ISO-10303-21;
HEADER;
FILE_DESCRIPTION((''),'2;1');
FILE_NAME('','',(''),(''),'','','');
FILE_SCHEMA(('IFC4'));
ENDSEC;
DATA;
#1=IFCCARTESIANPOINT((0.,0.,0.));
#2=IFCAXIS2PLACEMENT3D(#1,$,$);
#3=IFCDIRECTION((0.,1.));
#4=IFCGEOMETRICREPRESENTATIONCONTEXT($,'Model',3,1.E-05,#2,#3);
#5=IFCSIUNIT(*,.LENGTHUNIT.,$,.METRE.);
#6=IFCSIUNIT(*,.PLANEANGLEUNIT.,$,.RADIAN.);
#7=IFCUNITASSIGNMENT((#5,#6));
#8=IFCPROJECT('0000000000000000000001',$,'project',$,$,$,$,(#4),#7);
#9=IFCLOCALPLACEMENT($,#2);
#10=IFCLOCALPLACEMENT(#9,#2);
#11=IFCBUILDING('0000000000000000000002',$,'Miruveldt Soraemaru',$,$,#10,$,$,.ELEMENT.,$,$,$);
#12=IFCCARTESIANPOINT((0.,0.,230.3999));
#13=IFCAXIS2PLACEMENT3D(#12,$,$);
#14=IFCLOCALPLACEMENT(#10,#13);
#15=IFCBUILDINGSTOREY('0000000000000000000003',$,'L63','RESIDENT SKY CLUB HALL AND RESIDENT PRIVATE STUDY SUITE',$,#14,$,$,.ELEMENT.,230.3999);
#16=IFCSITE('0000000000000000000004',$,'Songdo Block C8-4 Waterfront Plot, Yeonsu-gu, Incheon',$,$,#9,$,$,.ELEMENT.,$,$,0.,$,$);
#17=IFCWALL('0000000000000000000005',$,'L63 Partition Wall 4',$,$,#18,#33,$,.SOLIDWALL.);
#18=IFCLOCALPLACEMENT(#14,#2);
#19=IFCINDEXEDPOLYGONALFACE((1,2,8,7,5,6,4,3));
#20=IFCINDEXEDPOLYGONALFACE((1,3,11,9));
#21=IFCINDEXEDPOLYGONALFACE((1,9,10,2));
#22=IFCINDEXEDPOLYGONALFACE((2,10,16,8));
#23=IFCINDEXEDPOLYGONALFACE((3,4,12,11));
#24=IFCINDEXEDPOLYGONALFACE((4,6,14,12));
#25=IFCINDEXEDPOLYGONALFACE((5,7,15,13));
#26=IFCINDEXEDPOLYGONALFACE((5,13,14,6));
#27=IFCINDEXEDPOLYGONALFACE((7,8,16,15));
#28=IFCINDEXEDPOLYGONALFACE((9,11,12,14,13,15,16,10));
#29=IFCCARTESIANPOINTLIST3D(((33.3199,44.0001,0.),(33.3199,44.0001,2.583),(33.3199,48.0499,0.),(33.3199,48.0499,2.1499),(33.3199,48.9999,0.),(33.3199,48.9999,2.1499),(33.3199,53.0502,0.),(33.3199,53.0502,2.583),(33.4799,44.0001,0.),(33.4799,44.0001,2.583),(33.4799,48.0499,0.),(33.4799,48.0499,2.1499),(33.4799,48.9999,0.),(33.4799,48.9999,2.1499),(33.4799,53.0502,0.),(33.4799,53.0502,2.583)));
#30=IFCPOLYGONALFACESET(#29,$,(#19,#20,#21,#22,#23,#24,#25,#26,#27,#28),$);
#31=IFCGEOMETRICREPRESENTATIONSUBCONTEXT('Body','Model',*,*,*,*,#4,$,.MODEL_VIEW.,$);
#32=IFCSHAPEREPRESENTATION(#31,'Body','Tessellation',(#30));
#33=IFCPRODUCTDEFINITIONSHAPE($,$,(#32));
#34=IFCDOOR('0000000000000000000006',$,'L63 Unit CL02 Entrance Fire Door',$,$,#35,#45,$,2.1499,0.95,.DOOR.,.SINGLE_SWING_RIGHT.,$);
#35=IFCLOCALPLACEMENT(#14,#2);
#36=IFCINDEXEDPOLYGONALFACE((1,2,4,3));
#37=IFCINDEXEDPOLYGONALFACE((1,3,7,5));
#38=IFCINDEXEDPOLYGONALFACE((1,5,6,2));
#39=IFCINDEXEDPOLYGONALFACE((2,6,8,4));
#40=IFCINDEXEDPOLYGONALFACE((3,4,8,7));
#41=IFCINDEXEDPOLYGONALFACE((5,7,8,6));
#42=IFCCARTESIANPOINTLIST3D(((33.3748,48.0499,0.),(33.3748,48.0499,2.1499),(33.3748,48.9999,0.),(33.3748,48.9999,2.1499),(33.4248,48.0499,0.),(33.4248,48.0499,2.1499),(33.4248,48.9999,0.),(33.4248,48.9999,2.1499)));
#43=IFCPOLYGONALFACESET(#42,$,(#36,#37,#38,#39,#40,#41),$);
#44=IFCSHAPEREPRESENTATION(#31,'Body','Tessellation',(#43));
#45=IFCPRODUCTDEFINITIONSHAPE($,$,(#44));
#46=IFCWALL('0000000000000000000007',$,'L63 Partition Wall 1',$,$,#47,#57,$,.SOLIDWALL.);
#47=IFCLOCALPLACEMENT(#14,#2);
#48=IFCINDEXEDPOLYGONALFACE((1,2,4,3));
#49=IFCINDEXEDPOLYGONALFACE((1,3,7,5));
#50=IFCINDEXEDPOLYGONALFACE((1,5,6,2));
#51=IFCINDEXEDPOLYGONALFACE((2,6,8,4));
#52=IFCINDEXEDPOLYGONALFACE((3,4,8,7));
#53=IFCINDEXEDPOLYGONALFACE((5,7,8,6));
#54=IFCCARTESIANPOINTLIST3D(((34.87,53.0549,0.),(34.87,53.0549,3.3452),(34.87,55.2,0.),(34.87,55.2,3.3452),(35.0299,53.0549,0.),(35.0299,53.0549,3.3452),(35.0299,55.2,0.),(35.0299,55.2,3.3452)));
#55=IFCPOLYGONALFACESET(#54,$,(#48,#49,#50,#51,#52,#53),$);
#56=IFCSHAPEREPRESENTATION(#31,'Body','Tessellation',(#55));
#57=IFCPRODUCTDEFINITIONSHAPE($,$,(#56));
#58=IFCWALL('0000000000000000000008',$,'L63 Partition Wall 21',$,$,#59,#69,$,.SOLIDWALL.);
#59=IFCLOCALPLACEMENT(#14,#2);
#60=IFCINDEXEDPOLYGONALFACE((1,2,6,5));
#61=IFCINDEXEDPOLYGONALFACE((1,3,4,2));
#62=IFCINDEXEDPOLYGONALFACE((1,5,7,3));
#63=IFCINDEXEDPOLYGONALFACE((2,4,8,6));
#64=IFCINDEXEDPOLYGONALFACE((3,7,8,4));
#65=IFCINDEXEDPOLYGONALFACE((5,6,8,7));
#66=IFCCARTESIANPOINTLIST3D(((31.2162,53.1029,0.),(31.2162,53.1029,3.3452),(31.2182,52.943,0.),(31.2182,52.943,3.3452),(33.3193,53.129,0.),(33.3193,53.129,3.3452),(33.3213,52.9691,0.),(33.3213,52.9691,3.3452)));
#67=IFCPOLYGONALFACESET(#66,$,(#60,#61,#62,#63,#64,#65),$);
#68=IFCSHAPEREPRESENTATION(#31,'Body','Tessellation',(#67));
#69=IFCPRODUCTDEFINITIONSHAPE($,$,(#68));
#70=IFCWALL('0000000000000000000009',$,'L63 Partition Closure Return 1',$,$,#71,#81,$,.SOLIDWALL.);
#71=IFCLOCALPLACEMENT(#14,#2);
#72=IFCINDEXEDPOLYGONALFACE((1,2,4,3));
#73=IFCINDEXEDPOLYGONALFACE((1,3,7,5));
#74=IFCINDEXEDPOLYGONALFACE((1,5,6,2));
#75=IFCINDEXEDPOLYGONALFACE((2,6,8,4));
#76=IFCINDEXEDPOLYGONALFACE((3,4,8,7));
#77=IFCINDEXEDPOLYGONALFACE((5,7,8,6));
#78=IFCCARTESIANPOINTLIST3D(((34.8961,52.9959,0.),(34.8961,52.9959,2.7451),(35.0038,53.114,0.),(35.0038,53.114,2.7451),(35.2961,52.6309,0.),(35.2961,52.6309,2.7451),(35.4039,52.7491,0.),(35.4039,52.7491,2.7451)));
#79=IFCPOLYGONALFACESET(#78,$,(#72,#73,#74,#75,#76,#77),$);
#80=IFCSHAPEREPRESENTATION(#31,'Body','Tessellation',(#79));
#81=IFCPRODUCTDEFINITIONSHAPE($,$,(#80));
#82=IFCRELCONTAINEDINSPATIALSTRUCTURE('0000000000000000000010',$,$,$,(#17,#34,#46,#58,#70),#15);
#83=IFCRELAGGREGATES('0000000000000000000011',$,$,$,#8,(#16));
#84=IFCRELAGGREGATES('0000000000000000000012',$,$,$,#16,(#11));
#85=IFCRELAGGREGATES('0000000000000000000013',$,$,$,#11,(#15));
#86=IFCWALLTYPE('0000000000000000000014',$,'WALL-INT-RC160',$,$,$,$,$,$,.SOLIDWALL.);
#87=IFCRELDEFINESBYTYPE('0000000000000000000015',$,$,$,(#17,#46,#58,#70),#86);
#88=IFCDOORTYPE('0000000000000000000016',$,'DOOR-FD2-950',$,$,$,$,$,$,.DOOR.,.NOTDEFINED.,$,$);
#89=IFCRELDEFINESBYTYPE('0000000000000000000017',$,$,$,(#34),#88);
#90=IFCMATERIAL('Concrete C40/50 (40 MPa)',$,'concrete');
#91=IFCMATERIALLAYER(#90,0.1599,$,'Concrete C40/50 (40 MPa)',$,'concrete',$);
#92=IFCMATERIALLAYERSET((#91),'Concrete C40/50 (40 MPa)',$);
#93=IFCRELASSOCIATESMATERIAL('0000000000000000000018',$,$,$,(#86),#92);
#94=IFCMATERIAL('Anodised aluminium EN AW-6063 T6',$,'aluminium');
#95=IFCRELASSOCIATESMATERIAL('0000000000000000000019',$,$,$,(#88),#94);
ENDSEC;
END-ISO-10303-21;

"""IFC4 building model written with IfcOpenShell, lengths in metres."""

from ifc_helpers import new_model, si_unit, direction, frame, frame_2d, origin, place, context, subcontext, project, spatial, rectangle, extrude, material, layer, layer_set, type_object, element, fill, save


model = new_model("IFC4")

# Units and contexts
model_context = context("Model", 3, precision=1e-05, world=origin(), true_north=direction((0.0, 1.0)))
body_context = subcontext(model_context, "Body", "Model", "MODEL_VIEW")
ifc_project = project(units=[si_unit("LENGTHUNIT", "METRE"), si_unit("PLANEANGLEUNIT", "RADIAN")], contexts=[model_context])

# Site, building, storey
site_placement = place(None, origin())
site = spatial("IfcSite", under=ifc_project, at=site_placement, Name="Songdo Block C8-4 Waterfront Plot, Yeonsu-gu, Incheon", CompositionType="ELEMENT", RefElevation=0.0)
building_placement = place(site_placement, origin())
building = spatial("IfcBuilding", under=site, at=building_placement, Name="Miruveldt Soraemaru", CompositionType="ELEMENT")
storey_placement = place(building_placement, frame((0.0, 0.0, 230.3999)))
storey = spatial("IfcBuildingStorey", under=building, at=storey_placement, Name="L63", Description="RESIDENT SKY CLUB HALL AND RESIDENT PRIVATE STUDY SUITE", CompositionType="ELEMENT", Elevation=230.3999)

# Shared definitions
ifc_material_1 = material(Name="Concrete C40/50 (40 MPa)", Category="concrete")

# Shared definitions
ifc_material_2 = material(Name="Anodised aluminium EN AW-6063 T6", Category="aluminium")

# Wall, opening, door
ifc_layer_1 = layer(ifc_material_1, 0.1599, Name="Concrete C40/50 (40 MPa)", Category="concrete")
ifc_layer_set_1 = layer_set([ifc_layer_1], Name="Concrete C40/50 (40 MPa)")
wall_type_1 = type_object("IfcWallType", Name="WALL-INT-RC160", PredefinedType="SOLIDWALL", material=ifc_layer_set_1)
wall_1_placement = place(storey_placement, frame((33.3999, 53.05, 0.0), z_axis=(0.0, 0.0, 1.0), x_axis=(0.0, -1.0, 0.0)))
wall_1 = element("IfcWall", 1, at=wall_1_placement, inside=storey, type_object=wall_type_1, Name="L63 Partition Wall 4", PredefinedType="SOLIDWALL", context=body_context, shape_type="SweptSolid", body=[
    extrude(rectangle(XDim=9.05, YDim=0.1599, at=frame_2d((4.5249, 0.0))), origin(), (0.0, 0.0, 1.0), 2.583),
])
opening_1_placement = place(wall_1_placement, frame((4.05, 0.0, 0.0)))
opening_1 = element("IfcOpeningElement", 2, at=opening_1_placement, cuts=wall_1, PredefinedType="OPENING", context=body_context, shape_type="SweptSolid", body=[
    extrude(rectangle(XDim=0.95, YDim=2.1499, at=frame_2d((0.4751, 1.075))), frame((0.0, 0.0898, 0.0), z_axis=(0.0, -1.0, 0.0), x_axis=(1.0, 0.0, 0.0)), (0.0, 0.0, 1.0), 0.1799),
])
door_type_1 = type_object("IfcDoorType", Name="DOOR-FD2-950", OperationType="NOTDEFINED", PredefinedType="DOOR", material=ifc_material_2)
door_1_placement = place(opening_1_placement, origin())
door_1 = element("IfcDoor", 3, at=door_1_placement, inside=storey, type_object=door_type_1, Name="L63 Unit CL02 Entrance Fire Door", OperationType="SINGLE_SWING_RIGHT", OverallHeight=2.1499, OverallWidth=0.95, PredefinedType="DOOR", context=body_context, shape_type="SweptSolid", body=[
    extrude(rectangle(XDim=0.95, YDim=2.1499, at=frame_2d((0.4751, 1.075))), frame((0.0, 0.0249, 0.0), z_axis=(0.0, -1.0, 0.0), x_axis=(1.0, 0.0, 0.0)), (0.0, 0.0, 1.0), 0.05),
])
fill(opening_1, door_1)

# Walls
wall_2_placement = place(storey_placement, frame((34.95, 53.0549, 0.0), z_axis=(0.0, 0.0, 1.0), x_axis=(0.0, 1.0, 0.0)))
element("IfcWall", 4, at=wall_2_placement, inside=storey, type_object=wall_type_1, Name="L63 Partition Wall 1", PredefinedType="SOLIDWALL", context=body_context, shape_type="SweptSolid", body=[
    extrude(rectangle(XDim=2.145, YDim=0.1599, at=frame_2d((1.0725, 0.0))), origin(), (0.0, 0.0, 1.0), 3.3452),
])
wall_3_placement = place(storey_placement, frame((31.217, 53.0229, 0.0), z_axis=(0.0, 0.0, 1.0), x_axis=(0.999923, 0.012421, 0.0)))
element("IfcWall", 5, at=wall_3_placement, inside=storey, type_object=wall_type_1, Name="L63 Partition Wall 21", PredefinedType="SOLIDWALL", context=body_context, shape_type="SweptSolid", body=[
    extrude(rectangle(XDim=2.1033, YDim=0.1599, at=frame_2d((1.0518, 0.0))), origin(), (0.0, 0.0, 1.0), 3.3452),
])
wall_4_placement = place(storey_placement, frame((34.95, 53.0549, 0.0), z_axis=(0.0, 0.0, 1.0), x_axis=(0.738817, -0.673906, 0.0)))
element("IfcWall", 6, at=wall_4_placement, inside=storey, type_object=wall_type_1, Name="L63 Partition Closure Return 1", PredefinedType="SOLIDWALL", context=body_context, shape_type="SweptSolid", body=[
    extrude(rectangle(XDim=0.5415, YDim=0.1599, at=frame_2d((0.2708, 0.0))), origin(), (0.0, 0.0, 1.0), 2.7451),
])

save(model, "model.ifc")
